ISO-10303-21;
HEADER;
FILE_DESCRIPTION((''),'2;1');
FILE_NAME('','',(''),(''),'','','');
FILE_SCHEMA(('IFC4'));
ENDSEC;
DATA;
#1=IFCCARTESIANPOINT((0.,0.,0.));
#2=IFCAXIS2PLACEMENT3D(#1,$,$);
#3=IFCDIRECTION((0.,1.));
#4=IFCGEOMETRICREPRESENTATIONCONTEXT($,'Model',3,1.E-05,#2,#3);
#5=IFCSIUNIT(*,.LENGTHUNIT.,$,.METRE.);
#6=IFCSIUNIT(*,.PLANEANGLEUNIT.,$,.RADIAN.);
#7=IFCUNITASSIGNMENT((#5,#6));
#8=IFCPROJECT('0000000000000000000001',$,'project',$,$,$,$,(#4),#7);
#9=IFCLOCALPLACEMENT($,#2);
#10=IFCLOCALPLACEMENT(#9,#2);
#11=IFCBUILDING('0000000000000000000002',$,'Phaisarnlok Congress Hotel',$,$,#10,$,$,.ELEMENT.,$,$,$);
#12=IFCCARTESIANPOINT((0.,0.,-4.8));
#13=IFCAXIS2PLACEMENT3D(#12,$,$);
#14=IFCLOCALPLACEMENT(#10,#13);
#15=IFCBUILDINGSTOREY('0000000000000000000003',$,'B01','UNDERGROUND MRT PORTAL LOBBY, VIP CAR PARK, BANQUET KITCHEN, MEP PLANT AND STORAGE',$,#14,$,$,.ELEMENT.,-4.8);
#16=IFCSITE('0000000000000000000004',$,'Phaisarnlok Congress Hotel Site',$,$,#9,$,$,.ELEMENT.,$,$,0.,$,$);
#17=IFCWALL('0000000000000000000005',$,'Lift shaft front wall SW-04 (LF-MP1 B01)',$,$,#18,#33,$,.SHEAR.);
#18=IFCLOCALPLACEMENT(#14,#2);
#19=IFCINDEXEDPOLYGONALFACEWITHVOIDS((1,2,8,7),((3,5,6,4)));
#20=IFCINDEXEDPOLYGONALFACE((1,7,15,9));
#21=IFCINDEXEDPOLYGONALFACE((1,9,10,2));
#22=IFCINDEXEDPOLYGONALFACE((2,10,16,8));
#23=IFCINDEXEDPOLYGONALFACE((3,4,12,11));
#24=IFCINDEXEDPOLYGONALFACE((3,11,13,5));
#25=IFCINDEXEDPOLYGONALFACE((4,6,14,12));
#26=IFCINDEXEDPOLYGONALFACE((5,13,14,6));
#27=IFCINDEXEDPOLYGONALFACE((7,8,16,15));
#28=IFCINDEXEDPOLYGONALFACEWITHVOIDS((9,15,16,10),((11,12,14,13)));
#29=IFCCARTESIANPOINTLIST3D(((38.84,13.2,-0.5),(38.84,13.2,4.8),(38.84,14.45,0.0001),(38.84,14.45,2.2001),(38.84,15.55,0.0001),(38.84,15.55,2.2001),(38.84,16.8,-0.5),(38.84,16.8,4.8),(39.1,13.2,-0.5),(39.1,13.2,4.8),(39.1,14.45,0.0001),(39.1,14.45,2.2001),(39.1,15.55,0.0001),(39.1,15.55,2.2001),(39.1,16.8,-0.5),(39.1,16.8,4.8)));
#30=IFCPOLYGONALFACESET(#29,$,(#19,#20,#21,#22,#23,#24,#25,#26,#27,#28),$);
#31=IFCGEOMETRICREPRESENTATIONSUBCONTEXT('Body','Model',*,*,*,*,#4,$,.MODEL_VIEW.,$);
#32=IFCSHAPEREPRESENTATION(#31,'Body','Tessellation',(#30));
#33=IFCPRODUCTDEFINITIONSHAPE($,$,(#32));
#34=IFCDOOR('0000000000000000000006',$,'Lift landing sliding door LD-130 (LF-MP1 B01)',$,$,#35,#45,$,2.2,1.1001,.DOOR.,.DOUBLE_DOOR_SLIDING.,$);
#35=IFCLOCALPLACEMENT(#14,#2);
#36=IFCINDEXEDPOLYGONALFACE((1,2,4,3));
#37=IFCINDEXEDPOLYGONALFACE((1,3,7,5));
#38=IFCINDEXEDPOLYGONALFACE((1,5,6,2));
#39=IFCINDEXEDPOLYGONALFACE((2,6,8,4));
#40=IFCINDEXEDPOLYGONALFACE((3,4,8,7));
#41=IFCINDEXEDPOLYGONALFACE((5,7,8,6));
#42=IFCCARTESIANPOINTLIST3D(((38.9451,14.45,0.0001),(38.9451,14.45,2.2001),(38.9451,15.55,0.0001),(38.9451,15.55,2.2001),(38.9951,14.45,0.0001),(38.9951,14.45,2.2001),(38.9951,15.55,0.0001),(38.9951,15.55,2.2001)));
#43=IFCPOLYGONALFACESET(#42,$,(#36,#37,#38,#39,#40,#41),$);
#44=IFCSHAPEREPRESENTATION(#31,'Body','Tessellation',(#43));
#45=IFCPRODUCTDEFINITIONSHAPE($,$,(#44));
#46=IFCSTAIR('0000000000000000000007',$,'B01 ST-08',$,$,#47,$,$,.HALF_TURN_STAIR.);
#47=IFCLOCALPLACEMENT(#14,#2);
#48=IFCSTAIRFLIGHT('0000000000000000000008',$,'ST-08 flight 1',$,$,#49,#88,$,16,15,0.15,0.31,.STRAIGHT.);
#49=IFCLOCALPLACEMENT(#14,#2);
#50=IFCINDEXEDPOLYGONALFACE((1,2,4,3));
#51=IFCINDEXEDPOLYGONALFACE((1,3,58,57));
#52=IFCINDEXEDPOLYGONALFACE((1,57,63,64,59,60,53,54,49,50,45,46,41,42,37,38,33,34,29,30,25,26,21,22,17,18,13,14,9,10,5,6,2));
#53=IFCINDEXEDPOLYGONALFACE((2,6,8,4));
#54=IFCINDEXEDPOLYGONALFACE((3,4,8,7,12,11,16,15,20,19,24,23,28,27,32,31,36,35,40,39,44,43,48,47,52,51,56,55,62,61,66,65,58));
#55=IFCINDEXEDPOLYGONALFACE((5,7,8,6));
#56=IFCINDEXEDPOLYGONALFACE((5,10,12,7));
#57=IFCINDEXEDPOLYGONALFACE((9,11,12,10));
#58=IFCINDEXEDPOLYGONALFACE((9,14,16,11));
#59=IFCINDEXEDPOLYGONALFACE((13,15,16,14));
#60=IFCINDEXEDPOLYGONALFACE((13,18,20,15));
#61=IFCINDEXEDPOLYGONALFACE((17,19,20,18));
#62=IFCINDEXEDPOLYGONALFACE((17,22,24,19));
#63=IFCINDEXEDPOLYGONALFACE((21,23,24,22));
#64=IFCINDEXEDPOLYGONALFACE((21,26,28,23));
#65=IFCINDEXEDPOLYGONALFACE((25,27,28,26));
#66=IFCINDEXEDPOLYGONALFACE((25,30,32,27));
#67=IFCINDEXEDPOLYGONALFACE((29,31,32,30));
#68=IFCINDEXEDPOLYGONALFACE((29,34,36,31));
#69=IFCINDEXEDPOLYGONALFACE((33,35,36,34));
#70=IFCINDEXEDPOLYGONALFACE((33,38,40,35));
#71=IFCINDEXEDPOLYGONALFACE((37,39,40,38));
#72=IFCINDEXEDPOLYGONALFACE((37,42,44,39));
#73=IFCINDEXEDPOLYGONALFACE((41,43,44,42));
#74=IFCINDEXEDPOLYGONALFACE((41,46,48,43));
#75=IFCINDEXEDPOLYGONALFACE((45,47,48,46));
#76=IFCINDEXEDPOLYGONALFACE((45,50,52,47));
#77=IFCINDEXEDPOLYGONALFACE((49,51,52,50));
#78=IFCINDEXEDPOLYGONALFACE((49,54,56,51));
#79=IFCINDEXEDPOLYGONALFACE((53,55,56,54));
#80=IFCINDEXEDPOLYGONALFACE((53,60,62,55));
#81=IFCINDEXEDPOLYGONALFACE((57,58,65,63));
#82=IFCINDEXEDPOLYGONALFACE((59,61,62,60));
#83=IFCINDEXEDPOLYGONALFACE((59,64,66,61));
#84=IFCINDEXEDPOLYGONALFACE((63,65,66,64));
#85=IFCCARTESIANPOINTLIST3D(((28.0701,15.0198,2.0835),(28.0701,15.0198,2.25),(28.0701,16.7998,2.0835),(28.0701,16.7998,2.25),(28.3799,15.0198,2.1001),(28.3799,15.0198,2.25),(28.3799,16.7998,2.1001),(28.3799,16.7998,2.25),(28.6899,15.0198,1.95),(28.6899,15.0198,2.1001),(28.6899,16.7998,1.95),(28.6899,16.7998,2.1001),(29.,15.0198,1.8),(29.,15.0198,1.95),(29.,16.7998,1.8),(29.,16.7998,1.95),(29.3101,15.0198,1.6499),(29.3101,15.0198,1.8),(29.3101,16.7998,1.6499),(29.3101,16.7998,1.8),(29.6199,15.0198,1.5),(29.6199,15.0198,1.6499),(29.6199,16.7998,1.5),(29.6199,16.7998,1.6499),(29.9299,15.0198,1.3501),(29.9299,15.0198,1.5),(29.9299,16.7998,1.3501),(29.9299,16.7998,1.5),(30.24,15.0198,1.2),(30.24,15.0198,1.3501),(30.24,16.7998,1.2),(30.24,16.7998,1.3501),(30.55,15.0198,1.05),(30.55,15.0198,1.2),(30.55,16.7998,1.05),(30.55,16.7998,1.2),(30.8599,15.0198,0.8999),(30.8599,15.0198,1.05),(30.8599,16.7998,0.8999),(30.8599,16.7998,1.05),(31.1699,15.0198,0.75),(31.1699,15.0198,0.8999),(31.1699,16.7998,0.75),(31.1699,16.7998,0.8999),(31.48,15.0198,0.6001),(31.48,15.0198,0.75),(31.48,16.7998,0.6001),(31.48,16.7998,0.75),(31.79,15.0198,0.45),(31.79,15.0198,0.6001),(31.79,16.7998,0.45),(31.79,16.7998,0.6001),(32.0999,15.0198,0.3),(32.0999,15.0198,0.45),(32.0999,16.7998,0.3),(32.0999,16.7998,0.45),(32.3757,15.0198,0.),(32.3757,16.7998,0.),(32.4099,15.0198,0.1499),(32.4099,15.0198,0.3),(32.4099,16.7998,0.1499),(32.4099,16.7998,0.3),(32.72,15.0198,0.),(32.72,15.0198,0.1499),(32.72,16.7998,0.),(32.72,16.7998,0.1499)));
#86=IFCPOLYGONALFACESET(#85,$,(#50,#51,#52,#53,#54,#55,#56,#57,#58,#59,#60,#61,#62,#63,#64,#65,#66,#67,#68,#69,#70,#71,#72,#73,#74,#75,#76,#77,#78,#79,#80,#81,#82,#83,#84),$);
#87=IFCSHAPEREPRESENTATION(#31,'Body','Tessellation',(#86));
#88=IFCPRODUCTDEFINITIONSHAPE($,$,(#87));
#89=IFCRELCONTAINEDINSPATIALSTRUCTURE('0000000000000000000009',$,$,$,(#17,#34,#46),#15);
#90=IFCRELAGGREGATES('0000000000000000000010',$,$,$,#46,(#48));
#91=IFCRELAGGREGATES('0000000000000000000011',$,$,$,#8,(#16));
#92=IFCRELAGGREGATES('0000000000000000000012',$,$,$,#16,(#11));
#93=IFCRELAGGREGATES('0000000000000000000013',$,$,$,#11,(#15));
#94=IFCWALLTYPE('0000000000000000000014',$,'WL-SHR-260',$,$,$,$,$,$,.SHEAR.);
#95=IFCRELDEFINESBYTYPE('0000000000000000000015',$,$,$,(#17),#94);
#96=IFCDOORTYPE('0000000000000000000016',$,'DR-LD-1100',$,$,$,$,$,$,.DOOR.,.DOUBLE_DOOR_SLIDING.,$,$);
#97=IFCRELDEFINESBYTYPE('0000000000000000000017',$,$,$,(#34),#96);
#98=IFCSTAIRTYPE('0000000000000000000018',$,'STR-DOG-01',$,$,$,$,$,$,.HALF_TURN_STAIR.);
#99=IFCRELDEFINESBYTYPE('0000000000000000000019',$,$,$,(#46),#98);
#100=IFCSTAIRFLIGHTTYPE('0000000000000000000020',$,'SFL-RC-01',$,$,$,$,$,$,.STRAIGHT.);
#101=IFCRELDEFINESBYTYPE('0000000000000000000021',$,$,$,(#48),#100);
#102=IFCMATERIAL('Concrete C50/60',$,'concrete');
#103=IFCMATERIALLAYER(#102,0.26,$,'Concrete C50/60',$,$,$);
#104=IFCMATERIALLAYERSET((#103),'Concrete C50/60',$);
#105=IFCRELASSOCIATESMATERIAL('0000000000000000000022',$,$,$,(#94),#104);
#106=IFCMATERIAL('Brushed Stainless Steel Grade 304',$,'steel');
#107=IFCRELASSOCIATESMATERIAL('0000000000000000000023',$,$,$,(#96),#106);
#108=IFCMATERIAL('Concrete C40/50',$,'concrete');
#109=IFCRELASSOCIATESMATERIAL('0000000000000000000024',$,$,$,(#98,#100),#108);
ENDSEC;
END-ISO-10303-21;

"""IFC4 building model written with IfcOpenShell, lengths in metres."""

from ifc_helpers import new_model, si_unit, direction, frame, frame_2d, origin, place, context, subcontext, project, spatial, polyline, rectangle, outline, extrude, material, layer, layer_set, type_object, element, fill, aggregate, save


model = new_model("IFC4")

# Units and contexts
model_context = context("Model", 3, precision=1e-05, world=origin(), true_north=direction((0.0, 1.0)))
body_context = subcontext(model_context, "Body", "Model", "MODEL_VIEW")
ifc_project = project(units=[si_unit("LENGTHUNIT", "METRE"), si_unit("PLANEANGLEUNIT", "RADIAN")], contexts=[model_context])

# Site, building, storey
site_placement = place(None, origin())
site = spatial("IfcSite", under=ifc_project, at=site_placement, Name="Phaisarnlok Congress Hotel Site", CompositionType="ELEMENT", RefElevation=0.0)
building_placement = place(site_placement, origin())
building = spatial("IfcBuilding", under=site, at=building_placement, Name="Phaisarnlok Congress Hotel", CompositionType="ELEMENT")
storey_placement = place(building_placement, frame((0.0, 0.0, -4.8)))
storey = spatial("IfcBuildingStorey", under=building, at=storey_placement, Name="B01", Description="UNDERGROUND MRT PORTAL LOBBY, VIP CAR PARK, BANQUET KITCHEN, MEP PLANT AND STORAGE", CompositionType="ELEMENT", Elevation=-4.8)

# Shared definitions
ifc_material_1 = material(Name="Concrete C40/50", Category="concrete")

# Shared definitions
ifc_material_2 = material(Name="Concrete C50/60", Category="concrete")

# Shared definitions
ifc_layer_1 = layer(ifc_material_2, 0.26, Name="Concrete C50/60")
ifc_layer_set_1 = layer_set([ifc_layer_1], Name="Concrete C50/60")
wall_type_1 = type_object("IfcWallType", Name="WL-SHR-260", PredefinedType="SHEAR", material=ifc_layer_set_1)

# Wall, opening, door
wall_1_placement = place(storey_placement, frame((38.97, 13.2, -0.5), z_axis=(0.0, 0.0, 1.0), x_axis=(0.0, 1.0, 0.0)))
wall_1 = element("IfcWall", 1, at=wall_1_placement, inside=storey, type_object=wall_type_1, Name="Lift shaft front wall SW-04 (LF-MP1 B01)", PredefinedType="SHEAR", context=body_context, shape_type="SweptSolid", body=[
    extrude(rectangle(XDim=3.6001, YDim=0.26, at=frame_2d((1.8, 0.0))), origin(), (0.0, 0.0, 1.0), 5.3),
])
opening_1_placement = place(wall_1_placement, frame((1.25, 0.0, 0.5)))
opening_1 = element("IfcOpeningElement", 2, at=opening_1_placement, cuts=wall_1, PredefinedType="OPENING", context=body_context, shape_type="SweptSolid", body=[
    extrude(rectangle(XDim=1.1001, YDim=2.2, at=frame_2d((0.55, 1.1001))), frame((0.0, 0.1401, 0.0), z_axis=(0.0, -1.0, 0.0), x_axis=(1.0, 0.0, 0.0)), (0.0, 0.0, 1.0), 0.28),
])
ifc_material_3 = material(Name="Brushed Stainless Steel Grade 304", Category="steel")
door_type_1 = type_object("IfcDoorType", Name="DR-LD-1100", OperationType="DOUBLE_DOOR_SLIDING", PredefinedType="DOOR", material=ifc_material_3)
door_1_placement = place(opening_1_placement, origin())
door_1 = element("IfcDoor", 3, at=door_1_placement, inside=storey, type_object=door_type_1, Name="Lift landing sliding door LD-130 (LF-MP1 B01)", OperationType="DOUBLE_DOOR_SLIDING", OverallHeight=2.2, OverallWidth=1.1001, PredefinedType="DOOR", context=body_context, shape_type="SweptSolid", body=[
    extrude(rectangle(XDim=1.1001, YDim=2.2, at=frame_2d((0.55, 1.1001))), frame((0.0, 0.0249, 0.0), z_axis=(0.0, -1.0, 0.0), x_axis=(1.0, 0.0, 0.0)), (0.0, 0.0, 1.0), 0.05),
])
fill(opening_1, door_1)

# Stair, stair flight
stair_type = type_object("IfcStairType", Name="STR-DOG-01", PredefinedType="HALF_TURN_STAIR", material=ifc_material_1)
stair_placement = place(storey_placement, origin())
stair = element("IfcStair", 4, at=stair_placement, inside=storey, type_object=stair_type, Name="B01 ST-08", PredefinedType="HALF_TURN_STAIR")
stair_flight_type = type_object("IfcStairFlightType", Name="SFL-RC-01", PredefinedType="STRAIGHT", material=ifc_material_1)
stair_flight_placement = place(storey_placement, frame((32.72, 15.9099, 0.0), z_axis=(0.0, 0.0, 1.0), x_axis=(-1.0, 0.0, 0.0)))
stair_flight = element("IfcStairFlight", 5, at=stair_flight_placement, type_object=stair_flight_type, Name="ST-08 flight 1", NumberOfRisers=16, NumberOfTreads=15, PredefinedType="STRAIGHT", RiserHeight=0.15, TreadLength=0.31, context=body_context, shape_type="SweptSolid", body=[
    extrude(outline(polyline([(0.0, 0.0), (0.0, 0.1499), (0.3101, 0.1499), (0.3101, 0.3), (0.6201, 0.3), (0.6201, 0.45), (0.9299, 0.45), (0.9299, 0.6001), (1.24, 0.6001), (1.24, 0.75), (1.55, 0.75), (1.55, 0.8999), (1.8601, 0.8999), (1.8601, 1.05), (2.1699, 1.05), (2.1699, 1.2), (2.48, 1.2), (2.48, 1.3501), (2.79, 1.3501), (2.79, 1.5), (3.1001, 1.5), (3.1001, 1.6499), (3.4099, 1.6499), (3.4099, 1.8), (3.72, 1.8), (3.72, 1.95), (4.03, 1.95), (4.03, 2.1001), (4.3401, 2.1001), (4.3401, 2.25), (4.6499, 2.25), (4.6499, 2.3999), (4.6499, 2.0835), (0.3442, 0.0), (0.0, 0.0)])), frame((0.0, 0.8901, 0.0), z_axis=(0.0, -1.0, 0.0), x_axis=(1.0, 0.0, 0.0)), (0.0, 0.0, 1.0), 1.78),
])
aggregate(stair, [stair_flight])

save(model, "model.ifc")
